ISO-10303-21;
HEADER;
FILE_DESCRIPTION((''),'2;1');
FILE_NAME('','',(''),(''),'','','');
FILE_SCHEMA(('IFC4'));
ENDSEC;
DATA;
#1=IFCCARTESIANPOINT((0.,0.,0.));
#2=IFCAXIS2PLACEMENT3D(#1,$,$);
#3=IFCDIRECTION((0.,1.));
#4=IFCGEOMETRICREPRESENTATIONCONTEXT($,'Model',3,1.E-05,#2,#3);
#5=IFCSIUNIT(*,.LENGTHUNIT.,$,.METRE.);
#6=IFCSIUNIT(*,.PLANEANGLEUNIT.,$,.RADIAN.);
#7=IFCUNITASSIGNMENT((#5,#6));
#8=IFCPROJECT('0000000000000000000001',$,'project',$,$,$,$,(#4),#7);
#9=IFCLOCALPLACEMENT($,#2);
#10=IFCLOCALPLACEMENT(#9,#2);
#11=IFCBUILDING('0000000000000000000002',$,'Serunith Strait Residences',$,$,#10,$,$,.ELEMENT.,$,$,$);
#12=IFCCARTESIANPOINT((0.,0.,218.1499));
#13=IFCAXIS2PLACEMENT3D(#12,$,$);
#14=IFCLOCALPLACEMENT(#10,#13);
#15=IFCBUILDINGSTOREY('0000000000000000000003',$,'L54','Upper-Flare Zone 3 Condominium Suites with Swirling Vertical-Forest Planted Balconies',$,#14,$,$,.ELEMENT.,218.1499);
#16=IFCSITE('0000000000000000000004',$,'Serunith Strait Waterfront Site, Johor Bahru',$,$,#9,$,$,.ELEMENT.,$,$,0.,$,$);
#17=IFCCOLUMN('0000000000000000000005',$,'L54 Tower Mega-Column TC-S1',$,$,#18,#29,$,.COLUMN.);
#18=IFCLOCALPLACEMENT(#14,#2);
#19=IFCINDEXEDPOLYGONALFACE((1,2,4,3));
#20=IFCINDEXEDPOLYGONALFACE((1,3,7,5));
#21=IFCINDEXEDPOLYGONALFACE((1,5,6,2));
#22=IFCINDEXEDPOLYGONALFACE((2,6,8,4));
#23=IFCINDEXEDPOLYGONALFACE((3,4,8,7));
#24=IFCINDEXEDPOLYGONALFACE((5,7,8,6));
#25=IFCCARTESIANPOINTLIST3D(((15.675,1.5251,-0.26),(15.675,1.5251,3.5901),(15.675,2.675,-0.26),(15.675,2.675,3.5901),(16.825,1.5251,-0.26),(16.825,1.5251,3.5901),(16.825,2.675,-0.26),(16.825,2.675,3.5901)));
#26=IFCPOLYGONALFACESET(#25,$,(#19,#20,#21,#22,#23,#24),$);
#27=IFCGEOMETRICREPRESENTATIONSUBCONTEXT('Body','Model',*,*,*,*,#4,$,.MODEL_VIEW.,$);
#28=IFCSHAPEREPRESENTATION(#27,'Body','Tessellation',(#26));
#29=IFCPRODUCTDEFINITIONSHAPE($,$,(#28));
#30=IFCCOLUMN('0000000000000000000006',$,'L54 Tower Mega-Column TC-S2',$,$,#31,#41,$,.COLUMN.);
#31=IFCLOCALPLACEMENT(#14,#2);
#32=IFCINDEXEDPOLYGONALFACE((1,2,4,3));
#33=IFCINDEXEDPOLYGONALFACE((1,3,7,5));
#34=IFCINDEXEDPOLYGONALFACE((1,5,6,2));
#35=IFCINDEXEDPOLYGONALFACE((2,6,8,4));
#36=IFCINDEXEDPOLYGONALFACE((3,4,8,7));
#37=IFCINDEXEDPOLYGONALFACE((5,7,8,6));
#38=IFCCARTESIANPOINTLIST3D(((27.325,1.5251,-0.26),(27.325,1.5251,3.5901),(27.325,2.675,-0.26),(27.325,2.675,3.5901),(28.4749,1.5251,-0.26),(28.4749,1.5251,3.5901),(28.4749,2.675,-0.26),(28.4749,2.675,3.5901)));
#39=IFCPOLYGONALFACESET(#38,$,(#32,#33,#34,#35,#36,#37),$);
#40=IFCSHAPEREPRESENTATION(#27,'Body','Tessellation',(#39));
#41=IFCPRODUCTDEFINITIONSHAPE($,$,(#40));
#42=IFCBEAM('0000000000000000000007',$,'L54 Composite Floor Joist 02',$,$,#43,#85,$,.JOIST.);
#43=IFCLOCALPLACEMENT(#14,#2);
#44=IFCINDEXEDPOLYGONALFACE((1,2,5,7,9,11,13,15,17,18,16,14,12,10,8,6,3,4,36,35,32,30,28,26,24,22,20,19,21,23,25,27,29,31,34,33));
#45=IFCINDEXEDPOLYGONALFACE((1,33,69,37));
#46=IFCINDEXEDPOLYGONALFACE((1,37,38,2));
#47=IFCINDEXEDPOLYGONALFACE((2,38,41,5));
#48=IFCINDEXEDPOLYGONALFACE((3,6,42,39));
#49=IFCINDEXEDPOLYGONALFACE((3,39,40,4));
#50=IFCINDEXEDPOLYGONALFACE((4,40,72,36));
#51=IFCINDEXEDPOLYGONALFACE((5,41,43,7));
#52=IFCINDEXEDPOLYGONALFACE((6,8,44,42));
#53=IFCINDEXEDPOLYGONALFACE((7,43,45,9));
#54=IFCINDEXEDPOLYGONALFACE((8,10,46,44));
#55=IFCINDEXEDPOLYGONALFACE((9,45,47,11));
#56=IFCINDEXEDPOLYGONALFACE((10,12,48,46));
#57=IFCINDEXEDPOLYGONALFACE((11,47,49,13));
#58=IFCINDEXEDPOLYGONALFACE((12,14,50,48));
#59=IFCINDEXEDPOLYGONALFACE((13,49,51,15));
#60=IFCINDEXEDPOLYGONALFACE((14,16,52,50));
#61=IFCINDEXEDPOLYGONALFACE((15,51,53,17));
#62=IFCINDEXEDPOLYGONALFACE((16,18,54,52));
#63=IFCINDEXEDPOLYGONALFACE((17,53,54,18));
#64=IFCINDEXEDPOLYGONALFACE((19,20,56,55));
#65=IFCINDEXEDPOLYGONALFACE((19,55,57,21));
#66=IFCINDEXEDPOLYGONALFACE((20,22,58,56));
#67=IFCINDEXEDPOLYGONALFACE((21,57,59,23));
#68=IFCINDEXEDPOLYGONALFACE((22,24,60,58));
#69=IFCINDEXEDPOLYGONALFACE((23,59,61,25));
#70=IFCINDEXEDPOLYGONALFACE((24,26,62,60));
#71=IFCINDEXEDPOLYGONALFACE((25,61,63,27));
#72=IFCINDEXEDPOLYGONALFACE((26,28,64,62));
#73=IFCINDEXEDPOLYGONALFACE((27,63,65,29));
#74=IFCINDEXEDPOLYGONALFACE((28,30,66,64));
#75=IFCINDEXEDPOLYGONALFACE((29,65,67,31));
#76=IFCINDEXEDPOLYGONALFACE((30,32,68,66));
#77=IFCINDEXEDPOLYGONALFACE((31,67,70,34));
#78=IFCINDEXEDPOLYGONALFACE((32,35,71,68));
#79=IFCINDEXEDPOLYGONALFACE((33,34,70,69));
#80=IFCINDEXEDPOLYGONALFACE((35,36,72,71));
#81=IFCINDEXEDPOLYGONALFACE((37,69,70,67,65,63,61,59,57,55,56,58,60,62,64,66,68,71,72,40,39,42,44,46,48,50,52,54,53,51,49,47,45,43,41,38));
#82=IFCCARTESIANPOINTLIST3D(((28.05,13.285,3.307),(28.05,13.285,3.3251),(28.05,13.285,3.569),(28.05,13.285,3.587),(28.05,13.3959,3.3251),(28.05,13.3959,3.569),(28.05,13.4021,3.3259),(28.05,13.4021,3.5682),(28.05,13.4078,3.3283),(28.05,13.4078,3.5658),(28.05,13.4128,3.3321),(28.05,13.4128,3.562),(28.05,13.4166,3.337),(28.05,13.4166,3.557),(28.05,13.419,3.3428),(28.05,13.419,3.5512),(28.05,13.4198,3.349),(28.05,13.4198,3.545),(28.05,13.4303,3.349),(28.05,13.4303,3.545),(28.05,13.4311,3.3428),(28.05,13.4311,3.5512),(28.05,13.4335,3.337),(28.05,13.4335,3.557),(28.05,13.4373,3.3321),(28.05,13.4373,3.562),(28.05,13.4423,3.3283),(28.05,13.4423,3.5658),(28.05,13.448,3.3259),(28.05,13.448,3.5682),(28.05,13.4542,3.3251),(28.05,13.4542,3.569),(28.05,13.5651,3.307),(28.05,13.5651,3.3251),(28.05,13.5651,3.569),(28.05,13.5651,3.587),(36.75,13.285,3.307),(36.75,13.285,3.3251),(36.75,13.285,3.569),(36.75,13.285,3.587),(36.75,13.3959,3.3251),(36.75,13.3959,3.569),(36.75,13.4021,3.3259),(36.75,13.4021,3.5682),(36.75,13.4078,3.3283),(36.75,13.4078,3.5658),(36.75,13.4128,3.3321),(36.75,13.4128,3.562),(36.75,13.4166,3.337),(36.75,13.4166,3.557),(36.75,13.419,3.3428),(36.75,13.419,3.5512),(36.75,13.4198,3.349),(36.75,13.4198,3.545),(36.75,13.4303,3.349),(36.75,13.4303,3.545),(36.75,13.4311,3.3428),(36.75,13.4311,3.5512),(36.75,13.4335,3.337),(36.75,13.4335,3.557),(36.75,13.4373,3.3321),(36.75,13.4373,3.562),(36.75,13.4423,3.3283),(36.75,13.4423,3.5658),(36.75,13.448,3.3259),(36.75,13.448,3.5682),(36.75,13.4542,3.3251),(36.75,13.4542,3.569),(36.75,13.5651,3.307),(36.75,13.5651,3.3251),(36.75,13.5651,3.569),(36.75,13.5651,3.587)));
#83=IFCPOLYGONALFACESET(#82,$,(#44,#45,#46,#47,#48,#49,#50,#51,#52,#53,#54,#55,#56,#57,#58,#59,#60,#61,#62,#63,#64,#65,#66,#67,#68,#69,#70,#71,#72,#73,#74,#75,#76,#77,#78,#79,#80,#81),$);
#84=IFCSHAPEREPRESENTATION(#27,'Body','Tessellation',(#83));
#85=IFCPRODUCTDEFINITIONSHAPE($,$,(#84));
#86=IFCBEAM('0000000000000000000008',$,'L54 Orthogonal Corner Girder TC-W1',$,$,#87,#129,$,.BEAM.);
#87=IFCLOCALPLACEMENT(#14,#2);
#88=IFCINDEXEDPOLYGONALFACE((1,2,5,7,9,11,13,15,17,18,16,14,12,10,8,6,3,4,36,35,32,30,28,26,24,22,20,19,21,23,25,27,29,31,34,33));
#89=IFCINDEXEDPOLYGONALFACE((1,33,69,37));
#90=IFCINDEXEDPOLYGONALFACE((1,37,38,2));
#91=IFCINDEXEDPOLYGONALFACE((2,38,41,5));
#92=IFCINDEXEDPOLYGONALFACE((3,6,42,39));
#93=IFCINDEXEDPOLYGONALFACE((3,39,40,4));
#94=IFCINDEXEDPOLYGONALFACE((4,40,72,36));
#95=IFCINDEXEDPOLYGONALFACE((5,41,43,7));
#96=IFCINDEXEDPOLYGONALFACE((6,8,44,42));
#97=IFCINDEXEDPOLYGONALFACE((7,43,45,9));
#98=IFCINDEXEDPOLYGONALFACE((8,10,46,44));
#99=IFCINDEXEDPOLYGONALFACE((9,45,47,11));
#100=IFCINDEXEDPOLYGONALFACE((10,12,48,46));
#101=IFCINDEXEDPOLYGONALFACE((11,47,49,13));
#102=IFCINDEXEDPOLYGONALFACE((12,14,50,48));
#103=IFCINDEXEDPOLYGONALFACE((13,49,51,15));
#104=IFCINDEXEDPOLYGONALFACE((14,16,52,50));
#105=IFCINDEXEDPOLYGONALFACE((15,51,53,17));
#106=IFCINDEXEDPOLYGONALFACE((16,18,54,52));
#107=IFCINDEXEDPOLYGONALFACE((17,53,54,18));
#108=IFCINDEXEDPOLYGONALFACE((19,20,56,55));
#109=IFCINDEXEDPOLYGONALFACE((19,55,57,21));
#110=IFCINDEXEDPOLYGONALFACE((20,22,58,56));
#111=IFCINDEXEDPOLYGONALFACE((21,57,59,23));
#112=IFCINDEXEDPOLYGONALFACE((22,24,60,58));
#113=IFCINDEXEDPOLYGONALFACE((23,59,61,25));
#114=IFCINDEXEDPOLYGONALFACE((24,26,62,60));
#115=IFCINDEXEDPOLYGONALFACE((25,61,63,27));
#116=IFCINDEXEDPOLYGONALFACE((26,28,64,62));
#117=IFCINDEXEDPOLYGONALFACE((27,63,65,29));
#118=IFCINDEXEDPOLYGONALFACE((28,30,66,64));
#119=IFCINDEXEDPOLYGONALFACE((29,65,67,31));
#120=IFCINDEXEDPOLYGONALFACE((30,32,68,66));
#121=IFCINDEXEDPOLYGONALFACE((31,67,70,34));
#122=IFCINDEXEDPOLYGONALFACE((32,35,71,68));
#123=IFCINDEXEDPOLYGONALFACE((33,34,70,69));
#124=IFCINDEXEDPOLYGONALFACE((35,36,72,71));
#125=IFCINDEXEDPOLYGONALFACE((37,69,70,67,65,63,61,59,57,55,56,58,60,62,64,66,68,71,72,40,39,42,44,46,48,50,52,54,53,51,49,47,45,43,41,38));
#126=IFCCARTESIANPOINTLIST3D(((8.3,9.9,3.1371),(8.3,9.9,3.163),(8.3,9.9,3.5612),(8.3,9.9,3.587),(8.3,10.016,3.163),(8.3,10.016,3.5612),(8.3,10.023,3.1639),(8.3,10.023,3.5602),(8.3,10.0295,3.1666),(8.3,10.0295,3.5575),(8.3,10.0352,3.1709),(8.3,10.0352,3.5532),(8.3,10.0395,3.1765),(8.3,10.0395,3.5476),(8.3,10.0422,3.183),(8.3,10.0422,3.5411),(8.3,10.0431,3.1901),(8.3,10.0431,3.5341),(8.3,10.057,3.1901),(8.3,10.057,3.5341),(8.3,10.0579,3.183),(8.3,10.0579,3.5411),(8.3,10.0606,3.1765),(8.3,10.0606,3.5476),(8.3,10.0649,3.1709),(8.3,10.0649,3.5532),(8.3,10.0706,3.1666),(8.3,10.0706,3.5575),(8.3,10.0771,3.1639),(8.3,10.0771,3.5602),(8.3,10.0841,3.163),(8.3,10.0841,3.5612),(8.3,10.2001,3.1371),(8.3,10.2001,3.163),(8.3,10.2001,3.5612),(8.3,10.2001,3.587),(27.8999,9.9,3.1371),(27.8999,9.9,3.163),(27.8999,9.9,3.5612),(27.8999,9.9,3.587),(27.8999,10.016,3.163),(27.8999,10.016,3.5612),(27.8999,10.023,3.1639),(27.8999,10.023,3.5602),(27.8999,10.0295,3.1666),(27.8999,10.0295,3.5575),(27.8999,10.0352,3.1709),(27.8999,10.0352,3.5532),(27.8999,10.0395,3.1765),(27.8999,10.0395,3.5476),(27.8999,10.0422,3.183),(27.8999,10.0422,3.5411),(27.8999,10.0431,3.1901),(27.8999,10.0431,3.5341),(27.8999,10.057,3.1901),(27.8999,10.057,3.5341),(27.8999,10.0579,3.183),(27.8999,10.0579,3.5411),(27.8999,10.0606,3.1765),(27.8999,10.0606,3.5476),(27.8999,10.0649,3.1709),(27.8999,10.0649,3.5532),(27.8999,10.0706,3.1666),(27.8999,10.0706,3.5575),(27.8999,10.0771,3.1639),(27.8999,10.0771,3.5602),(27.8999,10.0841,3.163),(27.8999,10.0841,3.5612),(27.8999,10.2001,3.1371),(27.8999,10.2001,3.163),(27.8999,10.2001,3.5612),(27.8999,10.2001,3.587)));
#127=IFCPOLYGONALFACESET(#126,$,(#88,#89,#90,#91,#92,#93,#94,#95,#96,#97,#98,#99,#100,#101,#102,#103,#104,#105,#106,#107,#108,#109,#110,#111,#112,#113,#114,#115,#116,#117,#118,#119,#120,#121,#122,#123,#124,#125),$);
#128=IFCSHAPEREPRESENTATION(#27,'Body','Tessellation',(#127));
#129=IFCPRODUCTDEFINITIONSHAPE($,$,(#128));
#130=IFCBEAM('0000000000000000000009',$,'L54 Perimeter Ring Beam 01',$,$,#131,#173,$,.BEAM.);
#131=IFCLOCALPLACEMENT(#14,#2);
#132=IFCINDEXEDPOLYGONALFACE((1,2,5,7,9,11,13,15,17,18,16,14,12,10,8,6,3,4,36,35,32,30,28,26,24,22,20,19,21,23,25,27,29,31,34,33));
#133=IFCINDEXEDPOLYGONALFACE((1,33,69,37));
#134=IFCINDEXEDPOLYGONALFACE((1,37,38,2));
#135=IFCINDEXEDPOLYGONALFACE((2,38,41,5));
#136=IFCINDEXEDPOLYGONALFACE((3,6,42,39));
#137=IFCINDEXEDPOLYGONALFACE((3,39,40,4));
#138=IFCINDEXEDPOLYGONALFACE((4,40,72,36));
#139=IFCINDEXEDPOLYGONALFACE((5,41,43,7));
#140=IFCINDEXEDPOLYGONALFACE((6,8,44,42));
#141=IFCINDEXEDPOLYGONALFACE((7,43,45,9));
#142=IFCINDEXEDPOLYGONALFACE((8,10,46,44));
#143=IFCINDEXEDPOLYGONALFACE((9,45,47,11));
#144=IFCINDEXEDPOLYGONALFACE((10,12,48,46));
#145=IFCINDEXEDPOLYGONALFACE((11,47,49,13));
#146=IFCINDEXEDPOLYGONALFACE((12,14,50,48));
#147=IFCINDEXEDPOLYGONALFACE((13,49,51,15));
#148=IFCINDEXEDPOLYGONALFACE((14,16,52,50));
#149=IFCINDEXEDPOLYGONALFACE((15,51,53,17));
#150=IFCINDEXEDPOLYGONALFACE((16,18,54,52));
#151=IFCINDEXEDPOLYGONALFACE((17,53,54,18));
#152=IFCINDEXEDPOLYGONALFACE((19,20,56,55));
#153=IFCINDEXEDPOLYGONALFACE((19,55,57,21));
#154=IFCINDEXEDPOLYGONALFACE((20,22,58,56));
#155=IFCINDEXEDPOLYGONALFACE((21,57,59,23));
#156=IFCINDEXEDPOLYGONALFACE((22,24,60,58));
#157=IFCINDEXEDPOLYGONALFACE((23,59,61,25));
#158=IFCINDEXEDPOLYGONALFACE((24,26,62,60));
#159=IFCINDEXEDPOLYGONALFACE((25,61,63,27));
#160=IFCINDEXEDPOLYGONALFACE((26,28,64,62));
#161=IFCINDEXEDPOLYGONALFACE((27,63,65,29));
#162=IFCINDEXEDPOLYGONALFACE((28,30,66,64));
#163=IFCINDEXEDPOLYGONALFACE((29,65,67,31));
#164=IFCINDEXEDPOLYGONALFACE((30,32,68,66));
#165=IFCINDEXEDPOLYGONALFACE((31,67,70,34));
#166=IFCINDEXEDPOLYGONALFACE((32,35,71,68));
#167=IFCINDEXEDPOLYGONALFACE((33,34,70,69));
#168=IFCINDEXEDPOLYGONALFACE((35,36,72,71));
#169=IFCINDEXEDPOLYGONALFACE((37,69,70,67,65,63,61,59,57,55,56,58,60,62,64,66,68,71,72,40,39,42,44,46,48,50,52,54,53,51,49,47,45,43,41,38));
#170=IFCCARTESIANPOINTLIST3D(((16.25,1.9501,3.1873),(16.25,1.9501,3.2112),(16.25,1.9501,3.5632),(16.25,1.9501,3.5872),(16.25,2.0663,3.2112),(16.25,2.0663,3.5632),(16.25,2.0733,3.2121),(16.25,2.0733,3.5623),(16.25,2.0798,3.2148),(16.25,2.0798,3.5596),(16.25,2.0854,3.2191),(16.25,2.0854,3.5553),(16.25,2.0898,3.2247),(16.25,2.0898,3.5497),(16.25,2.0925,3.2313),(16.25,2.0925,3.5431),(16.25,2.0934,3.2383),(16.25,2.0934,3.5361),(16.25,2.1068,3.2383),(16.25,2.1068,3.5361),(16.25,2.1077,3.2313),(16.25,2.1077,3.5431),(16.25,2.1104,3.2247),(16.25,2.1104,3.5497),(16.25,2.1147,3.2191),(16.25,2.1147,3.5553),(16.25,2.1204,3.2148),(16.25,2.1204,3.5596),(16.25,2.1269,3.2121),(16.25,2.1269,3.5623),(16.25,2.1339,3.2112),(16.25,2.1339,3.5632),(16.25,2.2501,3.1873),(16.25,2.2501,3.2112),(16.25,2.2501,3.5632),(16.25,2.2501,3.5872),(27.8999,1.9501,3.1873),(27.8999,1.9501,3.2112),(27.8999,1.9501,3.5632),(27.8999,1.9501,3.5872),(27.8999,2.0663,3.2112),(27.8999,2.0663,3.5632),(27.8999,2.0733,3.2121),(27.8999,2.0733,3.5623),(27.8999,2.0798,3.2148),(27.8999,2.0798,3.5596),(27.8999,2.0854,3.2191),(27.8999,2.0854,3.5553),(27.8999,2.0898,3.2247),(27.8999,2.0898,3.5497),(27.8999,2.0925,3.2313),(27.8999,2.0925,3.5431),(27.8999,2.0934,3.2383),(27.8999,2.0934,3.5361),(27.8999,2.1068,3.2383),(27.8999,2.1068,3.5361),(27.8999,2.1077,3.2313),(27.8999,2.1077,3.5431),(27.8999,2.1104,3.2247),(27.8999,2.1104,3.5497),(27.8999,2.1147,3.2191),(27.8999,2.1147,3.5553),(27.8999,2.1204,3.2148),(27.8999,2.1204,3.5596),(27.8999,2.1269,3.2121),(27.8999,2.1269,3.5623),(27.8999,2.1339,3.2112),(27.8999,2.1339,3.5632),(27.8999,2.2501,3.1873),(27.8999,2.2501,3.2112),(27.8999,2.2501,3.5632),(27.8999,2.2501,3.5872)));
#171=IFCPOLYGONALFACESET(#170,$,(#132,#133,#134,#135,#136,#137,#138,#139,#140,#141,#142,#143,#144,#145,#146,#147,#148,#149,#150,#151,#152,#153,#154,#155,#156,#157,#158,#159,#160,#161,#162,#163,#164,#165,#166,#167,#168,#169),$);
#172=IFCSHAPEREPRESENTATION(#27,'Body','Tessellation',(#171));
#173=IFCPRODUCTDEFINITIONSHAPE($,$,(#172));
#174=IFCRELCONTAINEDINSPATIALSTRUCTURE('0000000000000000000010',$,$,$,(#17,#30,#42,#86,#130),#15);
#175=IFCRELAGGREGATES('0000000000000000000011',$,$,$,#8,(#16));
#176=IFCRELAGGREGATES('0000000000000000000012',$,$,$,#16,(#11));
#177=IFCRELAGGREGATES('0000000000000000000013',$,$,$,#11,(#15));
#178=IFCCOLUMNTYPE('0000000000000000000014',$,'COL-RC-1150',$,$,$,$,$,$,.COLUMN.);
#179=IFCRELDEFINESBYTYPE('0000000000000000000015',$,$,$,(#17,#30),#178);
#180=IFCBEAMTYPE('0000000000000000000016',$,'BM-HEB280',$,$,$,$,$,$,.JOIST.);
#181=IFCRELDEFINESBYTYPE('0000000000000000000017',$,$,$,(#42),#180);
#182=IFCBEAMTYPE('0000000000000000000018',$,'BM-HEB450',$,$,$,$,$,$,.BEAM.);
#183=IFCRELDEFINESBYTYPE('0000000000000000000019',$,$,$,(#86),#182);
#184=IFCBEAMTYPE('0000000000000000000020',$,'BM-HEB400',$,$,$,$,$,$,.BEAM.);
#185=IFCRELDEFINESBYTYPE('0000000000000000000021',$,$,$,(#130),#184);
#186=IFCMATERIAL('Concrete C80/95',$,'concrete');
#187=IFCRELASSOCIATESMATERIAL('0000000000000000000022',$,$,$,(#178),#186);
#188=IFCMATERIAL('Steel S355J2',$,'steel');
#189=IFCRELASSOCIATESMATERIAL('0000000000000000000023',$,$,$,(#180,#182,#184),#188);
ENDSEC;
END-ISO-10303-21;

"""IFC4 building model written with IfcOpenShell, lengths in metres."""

from ifc_helpers import new_model, si_unit, direction, frame, origin, origin_2d, place, context, subcontext, project, spatial, rectangle, i_section, extrude, source, transform, mapped, material, material_profile, profile_set, type_object, element, save


model = new_model("IFC4")

# Units and contexts
model_context = context("Model", 3, precision=1e-05, world=origin(), true_north=direction((0.0, 1.0)))
body_context = subcontext(model_context, "Body", "Model", "MODEL_VIEW")
ifc_project = project(units=[si_unit("LENGTHUNIT", "METRE"), si_unit("PLANEANGLEUNIT", "RADIAN")], contexts=[model_context])

# Site, building, storey
site_placement = place(None, origin())
site = spatial("IfcSite", under=ifc_project, at=site_placement, Name="Serunith Strait Waterfront Site, Johor Bahru", CompositionType="ELEMENT", RefElevation=0.0)
building_placement = place(site_placement, origin())
building = spatial("IfcBuilding", under=site, at=building_placement, Name="Serunith Strait Residences", CompositionType="ELEMENT")
storey_placement = place(building_placement, frame((0.0, 0.0, 218.1499)))
storey = spatial("IfcBuildingStorey", under=building, at=storey_placement, Name="L54", Description="Upper-Flare Zone 3 Condominium Suites with Swirling Vertical-Forest Planted Balconies", CompositionType="ELEMENT", Elevation=218.1499)

# Columns
ifc_material_1 = material(Name="Concrete C80/95", Category="concrete")
ifc_material_profile_1 = material_profile(ifc_material_1, rectangle(XDim=1.1499, YDim=1.1499, at=origin_2d()), Name="RC 1150x1150")
ifc_profile_set_1 = profile_set([ifc_material_profile_1], Name="Concrete C80/95")
column_type = type_object("IfcColumnType", Name="COL-RC-1150", PredefinedType="COLUMN", material=ifc_profile_set_1)
shared_shape_1 = source(origin(), body_context, "Body", "SweptSolid", [
    extrude(rectangle(XDim=1.1499, YDim=1.1499, at=origin_2d()), origin(), (0.0, 0.0, 1.0), 3.8501),
])
for number, where, z_axis, x_axis, name in (
    (1, (16.25, 2.1001, -0.26), (0.0, 0.0, 1.0), (1.0, 0.0, 0.0), "L54 Tower Mega-Column TC-S1"),
    (2, (27.8999, 2.1001, -0.26), (0.0, 0.0, 1.0), (1.0, 0.0, 0.0), "L54 Tower Mega-Column TC-S2"),
):
    element("IfcColumn", number, at=place(storey_placement, frame(where, z_axis=z_axis, x_axis=x_axis)), inside=storey, type_object=column_type, Name=name, PredefinedType="COLUMN", context=body_context, shape_type="MappedRepresentation", body=[
        mapped(shared_shape_1, transform((0.0, 0.0, 0.0), scale=1.0)),
    ])

# Beams
ifc_material_2 = material(Name="Steel S355J2", Category="steel")
ifc_material_profile_2 = material_profile(ifc_material_2, i_section(OverallWidth=0.28, OverallDepth=0.28, WebThickness=0.0105, FlangeThickness=0.0181, FilletRadius=0.0239, at=origin_2d()), Name="HEB 280")
ifc_profile_set_2 = profile_set([ifc_material_profile_2], Name="Steel S355J2")
beam_type_1 = type_object("IfcBeamType", Name="BM-HEB280", PredefinedType="JOIST", material=ifc_profile_set_2)
shared_shape_2 = source(origin(), body_context, "Body", "SweptSolid", [
    extrude(i_section(OverallWidth=0.28, OverallDepth=0.28, WebThickness=0.0105, FlangeThickness=0.0181, FilletRadius=0.0239, at=origin_2d()), origin(), (0.0, 0.0, 1.0), 8.7),
])
beam_1_placement = place(storey_placement, frame((28.05, 13.425, 3.447), z_axis=(1.0, 0.0, 0.0), x_axis=(0.0, 1.0, 0.0)))
element("IfcBeam", 3, at=beam_1_placement, inside=storey, type_object=beam_type_1, Name="L54 Composite Floor Joist 02", PredefinedType="JOIST", context=body_context, shape_type="MappedRepresentation", body=[
    mapped(shared_shape_2, transform((0.0, 0.0, 0.0), scale=1.0)),
])
ifc_material_profile_3 = material_profile(ifc_material_2, i_section(OverallWidth=0.3, OverallDepth=0.45, WebThickness=0.0139, FlangeThickness=0.0259, FilletRadius=0.0271, at=origin_2d()), Name="HEB 450")
ifc_profile_set_3 = profile_set([ifc_material_profile_3], Name="Steel S355J2")
beam_type_2 = type_object("IfcBeamType", Name="BM-HEB450", PredefinedType="BEAM", material=ifc_profile_set_3)
shared_shape_3 = source(origin(), body_context, "Body", "SweptSolid", [
    extrude(i_section(OverallWidth=0.3, OverallDepth=0.45, WebThickness=0.0139, FlangeThickness=0.0259, FilletRadius=0.0271, at=origin_2d()), origin(), (0.0, 0.0, 1.0), 19.5999),
])
beam_2_placement = place(storey_placement, frame((27.8999, 10.05, 3.3621), z_axis=(-1.0, 0.0, 0.0), x_axis=(0.0, -1.0, 0.0)))
element("IfcBeam", 4, at=beam_2_placement, inside=storey, type_object=beam_type_2, Name="L54 Orthogonal Corner Girder TC-W1", PredefinedType="BEAM", context=body_context, shape_type="MappedRepresentation", body=[
    mapped(shared_shape_3, transform((0.0, 0.0, 0.0), scale=1.0)),
])
ifc_material_profile_4 = material_profile(ifc_material_2, i_section(OverallWidth=0.3, OverallDepth=0.3999, WebThickness=0.0134, FlangeThickness=0.0239, FilletRadius=0.0271, at=origin_2d()), Name="HEB 400")
ifc_profile_set_4 = profile_set([ifc_material_profile_4], Name="Steel S355J2")
beam_type_3 = type_object("IfcBeamType", Name="BM-HEB400", PredefinedType="BEAM", material=ifc_profile_set_4)
shared_shape_4 = source(origin(), body_context, "Body", "SweptSolid", [
    extrude(i_section(OverallWidth=0.3, OverallDepth=0.3999, WebThickness=0.0134, FlangeThickness=0.0239, FilletRadius=0.0271, at=origin_2d()), origin(), (0.0, 0.0, 1.0), 11.6499),
])
beam_3_placement = place(storey_placement, frame((16.25, 2.1001, 3.3872), z_axis=(1.0, 0.0, 0.0), x_axis=(0.0, 1.0, 0.0)))
element("IfcBeam", 5, at=beam_3_placement, inside=storey, type_object=beam_type_3, Name="L54 Perimeter Ring Beam 01", PredefinedType="BEAM", context=body_context, shape_type="MappedRepresentation", body=[
    mapped(shared_shape_4, transform((0.0, 0.0, 0.0), scale=1.0)),
])

save(model, "model.ifc")
